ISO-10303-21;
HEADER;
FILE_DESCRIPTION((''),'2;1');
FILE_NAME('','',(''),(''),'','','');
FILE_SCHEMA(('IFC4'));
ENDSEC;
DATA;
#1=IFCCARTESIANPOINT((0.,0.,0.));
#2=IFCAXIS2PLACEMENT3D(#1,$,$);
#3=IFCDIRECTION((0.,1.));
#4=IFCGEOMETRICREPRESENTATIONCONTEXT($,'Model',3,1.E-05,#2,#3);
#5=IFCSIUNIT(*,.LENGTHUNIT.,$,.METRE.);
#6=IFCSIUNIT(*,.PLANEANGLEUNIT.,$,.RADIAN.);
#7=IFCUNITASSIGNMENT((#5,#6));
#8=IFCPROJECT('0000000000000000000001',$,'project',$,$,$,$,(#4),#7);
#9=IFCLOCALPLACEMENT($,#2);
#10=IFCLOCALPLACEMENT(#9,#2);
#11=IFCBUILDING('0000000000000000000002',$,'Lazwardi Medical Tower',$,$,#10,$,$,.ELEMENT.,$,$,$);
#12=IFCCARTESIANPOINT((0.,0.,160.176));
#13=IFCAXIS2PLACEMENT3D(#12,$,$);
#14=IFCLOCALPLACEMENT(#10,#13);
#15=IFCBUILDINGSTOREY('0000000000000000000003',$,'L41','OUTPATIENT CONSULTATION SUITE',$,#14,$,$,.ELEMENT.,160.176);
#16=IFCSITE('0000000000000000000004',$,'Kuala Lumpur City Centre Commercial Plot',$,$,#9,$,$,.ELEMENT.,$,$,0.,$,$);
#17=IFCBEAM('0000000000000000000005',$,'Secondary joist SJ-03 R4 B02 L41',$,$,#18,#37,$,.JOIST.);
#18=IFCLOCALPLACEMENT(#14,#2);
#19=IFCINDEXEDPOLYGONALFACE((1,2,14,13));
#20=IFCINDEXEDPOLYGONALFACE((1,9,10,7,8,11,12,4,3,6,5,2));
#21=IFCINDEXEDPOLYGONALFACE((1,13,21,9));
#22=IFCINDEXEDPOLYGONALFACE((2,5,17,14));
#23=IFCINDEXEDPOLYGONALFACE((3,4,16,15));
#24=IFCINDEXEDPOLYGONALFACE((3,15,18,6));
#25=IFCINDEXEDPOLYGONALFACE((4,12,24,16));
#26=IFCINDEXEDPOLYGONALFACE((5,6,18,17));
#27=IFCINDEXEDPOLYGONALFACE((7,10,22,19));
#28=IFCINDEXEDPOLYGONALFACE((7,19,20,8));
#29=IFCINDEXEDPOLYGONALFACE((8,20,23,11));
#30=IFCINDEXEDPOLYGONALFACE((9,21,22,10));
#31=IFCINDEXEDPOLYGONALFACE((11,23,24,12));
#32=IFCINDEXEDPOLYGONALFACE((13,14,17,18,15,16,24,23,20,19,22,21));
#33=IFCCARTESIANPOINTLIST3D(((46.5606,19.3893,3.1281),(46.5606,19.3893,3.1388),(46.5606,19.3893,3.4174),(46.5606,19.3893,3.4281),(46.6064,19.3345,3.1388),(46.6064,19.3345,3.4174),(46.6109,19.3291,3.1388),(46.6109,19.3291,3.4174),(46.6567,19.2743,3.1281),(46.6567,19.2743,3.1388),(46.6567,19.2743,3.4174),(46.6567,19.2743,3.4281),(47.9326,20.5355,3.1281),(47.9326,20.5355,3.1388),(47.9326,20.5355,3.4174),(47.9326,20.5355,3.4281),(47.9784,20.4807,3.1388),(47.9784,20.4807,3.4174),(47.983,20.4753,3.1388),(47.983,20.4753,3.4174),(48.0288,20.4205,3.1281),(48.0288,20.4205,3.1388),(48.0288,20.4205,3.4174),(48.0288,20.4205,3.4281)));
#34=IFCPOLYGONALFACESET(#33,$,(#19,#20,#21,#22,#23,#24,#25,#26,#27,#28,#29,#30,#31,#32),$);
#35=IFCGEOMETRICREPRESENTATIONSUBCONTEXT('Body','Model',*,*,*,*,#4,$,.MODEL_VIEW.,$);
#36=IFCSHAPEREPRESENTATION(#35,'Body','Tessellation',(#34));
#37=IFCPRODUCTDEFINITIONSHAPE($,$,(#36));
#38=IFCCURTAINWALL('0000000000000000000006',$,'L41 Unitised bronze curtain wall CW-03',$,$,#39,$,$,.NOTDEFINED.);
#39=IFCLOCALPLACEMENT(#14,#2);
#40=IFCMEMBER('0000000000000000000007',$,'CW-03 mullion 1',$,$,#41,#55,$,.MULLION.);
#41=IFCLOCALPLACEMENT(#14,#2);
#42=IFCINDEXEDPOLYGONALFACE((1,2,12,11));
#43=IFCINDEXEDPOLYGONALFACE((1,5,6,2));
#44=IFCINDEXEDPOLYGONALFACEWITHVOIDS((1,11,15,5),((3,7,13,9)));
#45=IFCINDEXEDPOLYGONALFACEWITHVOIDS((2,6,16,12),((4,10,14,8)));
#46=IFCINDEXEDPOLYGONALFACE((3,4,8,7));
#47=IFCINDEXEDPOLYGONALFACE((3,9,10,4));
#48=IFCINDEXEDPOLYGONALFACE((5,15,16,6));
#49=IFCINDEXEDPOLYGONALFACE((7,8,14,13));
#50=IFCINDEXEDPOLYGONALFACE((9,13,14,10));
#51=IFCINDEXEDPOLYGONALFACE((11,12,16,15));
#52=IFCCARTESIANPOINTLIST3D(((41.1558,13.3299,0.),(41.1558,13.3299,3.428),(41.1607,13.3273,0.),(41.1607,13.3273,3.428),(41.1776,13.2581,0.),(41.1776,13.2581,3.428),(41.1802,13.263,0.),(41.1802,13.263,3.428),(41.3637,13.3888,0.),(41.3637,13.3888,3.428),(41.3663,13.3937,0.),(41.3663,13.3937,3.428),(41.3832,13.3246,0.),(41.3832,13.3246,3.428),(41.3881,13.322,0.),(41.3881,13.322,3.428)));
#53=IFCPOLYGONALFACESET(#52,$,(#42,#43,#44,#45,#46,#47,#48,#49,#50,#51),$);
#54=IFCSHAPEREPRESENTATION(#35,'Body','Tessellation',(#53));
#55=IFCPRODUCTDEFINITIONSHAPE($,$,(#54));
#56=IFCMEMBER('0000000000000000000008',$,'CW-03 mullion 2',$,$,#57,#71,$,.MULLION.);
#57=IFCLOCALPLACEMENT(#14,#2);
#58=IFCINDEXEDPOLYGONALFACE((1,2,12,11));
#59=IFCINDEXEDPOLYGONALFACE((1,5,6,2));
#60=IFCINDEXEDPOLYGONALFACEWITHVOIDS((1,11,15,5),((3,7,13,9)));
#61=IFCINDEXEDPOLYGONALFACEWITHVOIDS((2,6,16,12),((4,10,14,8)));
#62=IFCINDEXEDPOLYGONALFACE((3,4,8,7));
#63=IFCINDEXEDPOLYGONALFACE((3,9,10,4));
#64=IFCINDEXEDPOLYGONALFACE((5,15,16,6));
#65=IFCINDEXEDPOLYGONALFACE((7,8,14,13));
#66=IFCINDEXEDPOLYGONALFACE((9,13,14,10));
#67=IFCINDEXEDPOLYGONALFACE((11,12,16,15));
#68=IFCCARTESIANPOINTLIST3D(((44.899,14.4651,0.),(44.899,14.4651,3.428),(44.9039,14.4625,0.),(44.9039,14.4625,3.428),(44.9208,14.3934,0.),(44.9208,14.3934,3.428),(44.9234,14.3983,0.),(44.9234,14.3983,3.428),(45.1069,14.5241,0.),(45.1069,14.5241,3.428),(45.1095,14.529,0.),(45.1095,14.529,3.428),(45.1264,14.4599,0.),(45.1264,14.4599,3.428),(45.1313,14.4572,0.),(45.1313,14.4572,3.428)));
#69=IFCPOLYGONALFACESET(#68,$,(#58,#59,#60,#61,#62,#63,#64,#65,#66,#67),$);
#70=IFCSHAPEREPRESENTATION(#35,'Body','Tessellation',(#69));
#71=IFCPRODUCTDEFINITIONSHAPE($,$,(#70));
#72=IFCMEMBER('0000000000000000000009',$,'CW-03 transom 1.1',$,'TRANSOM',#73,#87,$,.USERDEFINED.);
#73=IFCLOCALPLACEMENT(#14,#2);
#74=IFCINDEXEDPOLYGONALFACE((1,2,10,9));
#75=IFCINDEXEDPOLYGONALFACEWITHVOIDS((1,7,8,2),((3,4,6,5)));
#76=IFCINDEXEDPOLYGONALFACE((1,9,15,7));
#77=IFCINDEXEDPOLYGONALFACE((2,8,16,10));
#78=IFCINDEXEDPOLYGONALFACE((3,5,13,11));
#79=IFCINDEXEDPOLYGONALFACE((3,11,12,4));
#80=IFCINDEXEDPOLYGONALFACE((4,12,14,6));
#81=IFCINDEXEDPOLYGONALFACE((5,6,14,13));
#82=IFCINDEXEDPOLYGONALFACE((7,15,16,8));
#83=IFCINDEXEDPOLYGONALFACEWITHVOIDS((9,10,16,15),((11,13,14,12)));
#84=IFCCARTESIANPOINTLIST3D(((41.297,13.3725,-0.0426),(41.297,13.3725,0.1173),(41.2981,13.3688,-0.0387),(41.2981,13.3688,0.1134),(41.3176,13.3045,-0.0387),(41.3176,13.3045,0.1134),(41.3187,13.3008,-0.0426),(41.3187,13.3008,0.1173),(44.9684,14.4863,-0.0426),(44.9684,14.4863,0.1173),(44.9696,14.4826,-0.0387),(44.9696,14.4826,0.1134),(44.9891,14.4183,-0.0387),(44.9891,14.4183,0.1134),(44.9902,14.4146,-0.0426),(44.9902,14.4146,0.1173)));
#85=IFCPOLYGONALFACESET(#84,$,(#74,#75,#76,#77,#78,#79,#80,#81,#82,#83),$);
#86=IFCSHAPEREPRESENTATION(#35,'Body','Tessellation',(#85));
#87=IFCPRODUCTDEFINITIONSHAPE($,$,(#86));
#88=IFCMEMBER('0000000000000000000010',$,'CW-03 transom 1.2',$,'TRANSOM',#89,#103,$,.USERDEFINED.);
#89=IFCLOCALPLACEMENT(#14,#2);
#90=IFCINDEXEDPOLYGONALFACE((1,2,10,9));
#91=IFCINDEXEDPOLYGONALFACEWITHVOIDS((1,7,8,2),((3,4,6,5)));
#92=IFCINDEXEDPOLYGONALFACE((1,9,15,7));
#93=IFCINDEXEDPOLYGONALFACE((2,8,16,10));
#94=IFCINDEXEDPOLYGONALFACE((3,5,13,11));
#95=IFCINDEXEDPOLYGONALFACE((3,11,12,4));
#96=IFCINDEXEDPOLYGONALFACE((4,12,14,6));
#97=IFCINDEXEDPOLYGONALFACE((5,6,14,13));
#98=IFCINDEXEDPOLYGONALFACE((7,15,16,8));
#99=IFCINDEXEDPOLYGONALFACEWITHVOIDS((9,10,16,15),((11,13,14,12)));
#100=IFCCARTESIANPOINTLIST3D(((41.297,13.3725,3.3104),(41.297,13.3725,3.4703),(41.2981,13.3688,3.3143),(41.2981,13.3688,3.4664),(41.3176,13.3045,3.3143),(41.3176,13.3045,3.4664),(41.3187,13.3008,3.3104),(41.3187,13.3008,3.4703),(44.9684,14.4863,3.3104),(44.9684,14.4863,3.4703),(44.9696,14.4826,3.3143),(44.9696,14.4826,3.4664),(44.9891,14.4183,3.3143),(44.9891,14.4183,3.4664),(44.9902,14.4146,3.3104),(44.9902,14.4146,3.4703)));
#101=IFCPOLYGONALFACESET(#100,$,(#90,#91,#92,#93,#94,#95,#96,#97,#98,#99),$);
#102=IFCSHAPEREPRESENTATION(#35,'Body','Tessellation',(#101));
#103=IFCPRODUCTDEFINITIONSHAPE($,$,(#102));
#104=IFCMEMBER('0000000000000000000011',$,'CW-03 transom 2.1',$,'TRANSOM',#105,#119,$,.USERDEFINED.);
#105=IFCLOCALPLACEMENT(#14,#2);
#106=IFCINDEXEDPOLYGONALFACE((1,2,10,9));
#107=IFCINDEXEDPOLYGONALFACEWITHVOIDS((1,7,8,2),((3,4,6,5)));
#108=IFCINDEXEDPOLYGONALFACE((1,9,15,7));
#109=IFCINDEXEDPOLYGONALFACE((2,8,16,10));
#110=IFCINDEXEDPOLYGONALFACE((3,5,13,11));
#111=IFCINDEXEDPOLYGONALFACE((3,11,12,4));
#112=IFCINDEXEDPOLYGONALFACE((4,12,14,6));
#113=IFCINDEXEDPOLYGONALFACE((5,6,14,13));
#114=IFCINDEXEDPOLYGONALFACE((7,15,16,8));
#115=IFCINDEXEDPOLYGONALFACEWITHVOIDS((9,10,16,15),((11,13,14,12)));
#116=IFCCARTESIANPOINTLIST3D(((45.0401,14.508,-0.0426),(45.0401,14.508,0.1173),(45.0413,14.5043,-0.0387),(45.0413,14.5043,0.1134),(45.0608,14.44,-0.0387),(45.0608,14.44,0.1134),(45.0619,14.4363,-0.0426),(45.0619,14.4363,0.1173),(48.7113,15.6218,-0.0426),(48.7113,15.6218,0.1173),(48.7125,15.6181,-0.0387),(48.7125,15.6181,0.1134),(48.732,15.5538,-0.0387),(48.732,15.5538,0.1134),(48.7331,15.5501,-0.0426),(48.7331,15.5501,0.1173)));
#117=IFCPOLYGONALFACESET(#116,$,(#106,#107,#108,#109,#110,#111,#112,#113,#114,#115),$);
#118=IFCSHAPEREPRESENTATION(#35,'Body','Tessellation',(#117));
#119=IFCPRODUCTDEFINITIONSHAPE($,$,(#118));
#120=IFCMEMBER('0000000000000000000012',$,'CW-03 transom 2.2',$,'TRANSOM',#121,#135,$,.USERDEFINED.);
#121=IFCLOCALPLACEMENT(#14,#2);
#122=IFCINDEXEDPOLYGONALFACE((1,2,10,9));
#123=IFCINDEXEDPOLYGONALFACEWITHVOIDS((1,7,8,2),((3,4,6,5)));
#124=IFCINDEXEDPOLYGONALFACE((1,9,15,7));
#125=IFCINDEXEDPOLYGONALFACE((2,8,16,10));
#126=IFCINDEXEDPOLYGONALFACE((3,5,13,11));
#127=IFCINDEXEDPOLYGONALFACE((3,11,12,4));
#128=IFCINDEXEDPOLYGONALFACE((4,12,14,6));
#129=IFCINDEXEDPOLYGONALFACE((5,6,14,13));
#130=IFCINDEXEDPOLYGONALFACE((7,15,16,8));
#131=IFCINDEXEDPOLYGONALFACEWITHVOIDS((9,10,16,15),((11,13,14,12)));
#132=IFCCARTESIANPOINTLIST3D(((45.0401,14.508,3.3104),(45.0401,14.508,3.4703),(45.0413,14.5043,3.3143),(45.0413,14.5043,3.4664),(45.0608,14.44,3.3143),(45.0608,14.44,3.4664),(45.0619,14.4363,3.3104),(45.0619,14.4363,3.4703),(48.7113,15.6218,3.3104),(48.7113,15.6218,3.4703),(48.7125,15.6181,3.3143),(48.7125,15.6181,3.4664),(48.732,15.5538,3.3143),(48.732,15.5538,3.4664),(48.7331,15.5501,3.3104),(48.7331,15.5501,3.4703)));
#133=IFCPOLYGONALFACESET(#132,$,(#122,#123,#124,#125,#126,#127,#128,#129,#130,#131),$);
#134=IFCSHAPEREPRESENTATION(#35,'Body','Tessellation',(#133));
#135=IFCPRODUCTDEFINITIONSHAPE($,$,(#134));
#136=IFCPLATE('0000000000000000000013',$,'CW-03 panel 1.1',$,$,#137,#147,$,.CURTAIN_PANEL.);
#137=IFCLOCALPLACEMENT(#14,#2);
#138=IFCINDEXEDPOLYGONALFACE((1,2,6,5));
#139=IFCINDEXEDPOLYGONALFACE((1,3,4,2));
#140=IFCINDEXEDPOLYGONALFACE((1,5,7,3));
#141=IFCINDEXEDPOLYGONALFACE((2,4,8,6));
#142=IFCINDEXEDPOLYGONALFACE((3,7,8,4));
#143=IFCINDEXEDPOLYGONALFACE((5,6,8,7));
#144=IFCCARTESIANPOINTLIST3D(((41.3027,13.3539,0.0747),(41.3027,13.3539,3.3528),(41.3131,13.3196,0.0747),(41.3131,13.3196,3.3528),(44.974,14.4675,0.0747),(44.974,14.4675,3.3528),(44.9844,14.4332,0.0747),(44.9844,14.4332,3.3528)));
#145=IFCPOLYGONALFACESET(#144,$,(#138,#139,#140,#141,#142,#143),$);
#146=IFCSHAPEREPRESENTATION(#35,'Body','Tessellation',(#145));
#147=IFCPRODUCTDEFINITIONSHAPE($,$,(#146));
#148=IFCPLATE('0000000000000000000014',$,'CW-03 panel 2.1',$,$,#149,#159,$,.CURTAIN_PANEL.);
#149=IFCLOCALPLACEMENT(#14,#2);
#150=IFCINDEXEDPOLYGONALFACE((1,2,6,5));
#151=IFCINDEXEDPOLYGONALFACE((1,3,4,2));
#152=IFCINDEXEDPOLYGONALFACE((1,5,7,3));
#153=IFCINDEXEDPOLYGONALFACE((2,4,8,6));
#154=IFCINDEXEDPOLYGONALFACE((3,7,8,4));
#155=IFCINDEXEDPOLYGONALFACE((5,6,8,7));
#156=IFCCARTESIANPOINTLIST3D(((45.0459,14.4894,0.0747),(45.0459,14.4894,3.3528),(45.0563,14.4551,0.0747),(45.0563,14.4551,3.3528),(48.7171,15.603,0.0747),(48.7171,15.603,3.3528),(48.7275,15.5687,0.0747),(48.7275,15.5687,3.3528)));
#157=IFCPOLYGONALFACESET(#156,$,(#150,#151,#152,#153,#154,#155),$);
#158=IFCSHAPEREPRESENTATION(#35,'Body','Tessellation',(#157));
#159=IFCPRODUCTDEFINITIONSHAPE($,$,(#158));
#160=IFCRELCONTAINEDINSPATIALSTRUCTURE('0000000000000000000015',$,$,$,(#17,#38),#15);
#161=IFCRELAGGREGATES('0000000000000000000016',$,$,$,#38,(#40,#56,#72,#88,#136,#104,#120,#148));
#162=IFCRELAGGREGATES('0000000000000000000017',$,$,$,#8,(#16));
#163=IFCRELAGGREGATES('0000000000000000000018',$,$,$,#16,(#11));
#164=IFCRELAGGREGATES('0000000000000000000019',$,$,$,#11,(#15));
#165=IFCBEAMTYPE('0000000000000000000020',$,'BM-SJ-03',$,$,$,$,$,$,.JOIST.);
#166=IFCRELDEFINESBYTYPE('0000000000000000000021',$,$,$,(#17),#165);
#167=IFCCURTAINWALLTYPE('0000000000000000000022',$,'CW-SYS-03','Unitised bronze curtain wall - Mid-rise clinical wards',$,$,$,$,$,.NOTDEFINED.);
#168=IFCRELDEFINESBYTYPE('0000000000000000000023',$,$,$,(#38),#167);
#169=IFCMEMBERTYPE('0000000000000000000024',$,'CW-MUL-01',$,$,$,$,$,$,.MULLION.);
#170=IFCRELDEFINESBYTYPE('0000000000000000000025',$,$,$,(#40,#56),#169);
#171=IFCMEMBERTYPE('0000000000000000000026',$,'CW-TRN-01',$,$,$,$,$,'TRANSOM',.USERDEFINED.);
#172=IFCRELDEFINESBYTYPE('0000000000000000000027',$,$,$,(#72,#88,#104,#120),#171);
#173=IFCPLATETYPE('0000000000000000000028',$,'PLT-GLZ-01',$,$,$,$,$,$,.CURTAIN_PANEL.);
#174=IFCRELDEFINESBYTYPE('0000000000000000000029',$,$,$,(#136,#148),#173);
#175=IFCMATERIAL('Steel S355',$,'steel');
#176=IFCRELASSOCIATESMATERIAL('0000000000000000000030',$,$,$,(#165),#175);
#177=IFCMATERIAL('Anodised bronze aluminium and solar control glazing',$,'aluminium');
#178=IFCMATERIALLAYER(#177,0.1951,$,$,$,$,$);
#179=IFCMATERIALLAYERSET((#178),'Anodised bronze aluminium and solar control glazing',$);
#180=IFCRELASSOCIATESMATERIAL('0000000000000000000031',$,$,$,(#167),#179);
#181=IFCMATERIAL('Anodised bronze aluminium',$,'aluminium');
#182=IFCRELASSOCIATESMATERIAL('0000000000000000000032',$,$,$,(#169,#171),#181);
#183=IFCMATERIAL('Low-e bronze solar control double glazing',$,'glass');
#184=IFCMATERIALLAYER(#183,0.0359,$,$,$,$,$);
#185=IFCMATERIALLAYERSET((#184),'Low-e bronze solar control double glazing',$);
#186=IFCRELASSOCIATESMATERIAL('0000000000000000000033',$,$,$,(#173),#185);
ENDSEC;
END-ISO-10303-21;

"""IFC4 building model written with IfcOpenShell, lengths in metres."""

from ifc_helpers import new_model, si_unit, direction, frame, origin, origin_2d, place, context, subcontext, project, spatial, rectangle, hollow_rectangle, i_section, extrude, material, layer, layer_set, material_profile, profile_set, type_object, element, aggregate, save


model = new_model("IFC4")

# Units and contexts
model_context = context("Model", 3, precision=1e-05, world=origin(), true_north=direction((0.0, 1.0)))
body_context = subcontext(model_context, "Body", "Model", "MODEL_VIEW")
ifc_project = project(units=[si_unit("LENGTHUNIT", "METRE"), si_unit("PLANEANGLEUNIT", "RADIAN")], contexts=[model_context])

# Site, building, storey
site_placement = place(None, origin())
site = spatial("IfcSite", under=ifc_project, at=site_placement, Name="Kuala Lumpur City Centre Commercial Plot", CompositionType="ELEMENT", RefElevation=0.0)
building_placement = place(site_placement, origin())
building = spatial("IfcBuilding", under=site, at=building_placement, Name="Lazwardi Medical Tower", CompositionType="ELEMENT")
storey_placement = place(building_placement, frame((0.0, 0.0, 160.176)))
storey = spatial("IfcBuildingStorey", under=building, at=storey_placement, Name="L41", Description="OUTPATIENT CONSULTATION SUITE", CompositionType="ELEMENT", Elevation=160.176)

# Beam
ifc_material_1 = material(Name="Steel S355", Category="steel")
ifc_material_profile_1 = material_profile(ifc_material_1, i_section(OverallWidth=0.1499, OverallDepth=0.3, WebThickness=0.0071, FlangeThickness=0.0107, at=origin_2d()), Name="IPE 300")
ifc_profile_set_1 = profile_set([ifc_material_profile_1], Name="Steel S355")
beam_type_1 = type_object("IfcBeamType", Name="BM-SJ-03", PredefinedType="JOIST", material=ifc_profile_set_1)
beam_1_placement = place(storey_placement, frame((46.6086, 19.3318, 3.2781), z_axis=(0.767437, 0.641124, 0.0), x_axis=(-0.641124, 0.767437, 0.0)))
element("IfcBeam", 1, at=beam_1_placement, inside=storey, type_object=beam_type_1, Name="Secondary joist SJ-03 R4 B02 L41", PredefinedType="JOIST", context=body_context, shape_type="SweptSolid", body=[
    extrude(i_section(OverallWidth=0.1499, OverallDepth=0.3, WebThickness=0.0071, FlangeThickness=0.0107, at=origin_2d()), origin(), (0.0, 0.0, 1.0), 1.7878),
])

# Curtain wall, members, plates
ifc_material_2 = material(Name="Anodised bronze aluminium and solar control glazing", Category="aluminium")
ifc_layer_1 = layer(ifc_material_2, 0.1951)
ifc_layer_set_1 = layer_set([ifc_layer_1], Name="Anodised bronze aluminium and solar control glazing")
curtain_wall_type = type_object("IfcCurtainWallType", Name="CW-SYS-03", Description="Unitised bronze curtain wall - Mid-rise clinical wards", PredefinedType="NOTDEFINED", material=ifc_layer_set_1)
curtain_wall_placement = place(storey_placement, origin())
curtain_wall = element("IfcCurtainWall", 2, at=curtain_wall_placement, inside=storey, type_object=curtain_wall_type, Name="L41 Unitised bronze curtain wall CW-03", PredefinedType="NOTDEFINED")
ifc_material_3 = material(Name="Anodised bronze aluminium", Category="aluminium")
ifc_material_profile_2 = material_profile(ifc_material_3, hollow_rectangle(XDim=0.075, YDim=0.22, WallThickness=0.0039, at=origin_2d()), Name="ALU-MULLION 220x75x4")
ifc_profile_set_2 = profile_set([ifc_material_profile_2], Name="Anodised bronze aluminium")
member_type_1 = type_object("IfcMemberType", Name="CW-MUL-01", PredefinedType="MULLION", material=ifc_profile_set_2)
member_1_placement = place(storey_placement, frame((41.272, 13.3259, 0.0), z_axis=(0.0, 0.0, 1.0), x_axis=(-0.290281, 0.956942, 0.0)))
member_1 = element("IfcMember", 3, at=member_1_placement, type_object=member_type_1, Name="CW-03 mullion 1", PredefinedType="MULLION", context=body_context, shape_type="SweptSolid", body=[
    extrude(hollow_rectangle(XDim=0.075, YDim=0.22, WallThickness=0.0039, at=origin_2d()), origin(), (0.0, 0.0, 1.0), 3.428),
])
member_2_placement = place(storey_placement, frame((45.0151, 14.4612, 0.0), z_axis=(0.0, 0.0, 1.0), x_axis=(-0.290281, 0.956942, 0.0)))
member_2 = element("IfcMember", 4, at=member_2_placement, type_object=member_type_1, Name="CW-03 mullion 2", PredefinedType="MULLION", context=body_context, shape_type="SweptSolid", body=[
    extrude(hollow_rectangle(XDim=0.075, YDim=0.22, WallThickness=0.0039, at=origin_2d()), origin(), (0.0, 0.0, 1.0), 3.428),
])
ifc_material_profile_3 = material_profile(ifc_material_3, hollow_rectangle(XDim=0.075, YDim=0.1599, WallThickness=0.0039, at=origin_2d()), Name="ALU-TRANSOM 160x75x4")
ifc_profile_set_3 = profile_set([ifc_material_profile_3], Name="Anodised bronze aluminium")
member_type_2 = type_object("IfcMemberType", Name="CW-TRN-01", ElementType="TRANSOM", PredefinedType="USERDEFINED", material=ifc_profile_set_3)
member_3_placement = place(storey_placement, frame((41.3079, 13.3367, 0.0374), z_axis=(0.956936, 0.290301, 0.0), x_axis=(-0.290301, 0.956936, 0.0)))
member_3 = element("IfcMember", 5, at=member_3_placement, type_object=member_type_2, Name="CW-03 transom 1.1", ObjectType="TRANSOM", PredefinedType="USERDEFINED", context=body_context, shape_type="SweptSolid", body=[
    extrude(hollow_rectangle(XDim=0.075, YDim=0.1599, WallThickness=0.0039, at=origin_2d()), origin(), (0.0, 0.0, 1.0), 3.8367),
])
member_4_placement = place(storey_placement, frame((41.3079, 13.3367, 3.3904), z_axis=(0.956936, 0.290301, 0.0), x_axis=(-0.290301, 0.956936, 0.0)))
member_4 = element("IfcMember", 6, at=member_4_placement, type_object=member_type_2, Name="CW-03 transom 1.2", ObjectType="TRANSOM", PredefinedType="USERDEFINED", context=body_context, shape_type="SweptSolid", body=[
    extrude(hollow_rectangle(XDim=0.075, YDim=0.1599, WallThickness=0.0039, at=origin_2d()), origin(), (0.0, 0.0, 1.0), 3.8367),
])
member_5_placement = place(storey_placement, frame((45.051, 14.4722, 0.0374), z_axis=(0.95693, 0.290318, 0.0), x_axis=(-0.290318, 0.95693, 0.0)))
member_5 = element("IfcMember", 7, at=member_5_placement, type_object=member_type_2, Name="CW-03 transom 2.1", ObjectType="TRANSOM", PredefinedType="USERDEFINED", context=body_context, shape_type="SweptSolid", body=[
    extrude(hollow_rectangle(XDim=0.075, YDim=0.1599, WallThickness=0.0039, at=origin_2d()), origin(), (0.0, 0.0, 1.0), 3.8364),
])
member_6_placement = place(storey_placement, frame((45.051, 14.4722, 3.3904), z_axis=(0.95693, 0.290318, 0.0), x_axis=(-0.290318, 0.95693, 0.0)))
member_6 = element("IfcMember", 8, at=member_6_placement, type_object=member_type_2, Name="CW-03 transom 2.2", ObjectType="TRANSOM", PredefinedType="USERDEFINED", context=body_context, shape_type="SweptSolid", body=[
    extrude(hollow_rectangle(XDim=0.075, YDim=0.1599, WallThickness=0.0039, at=origin_2d()), origin(), (0.0, 0.0, 1.0), 3.8364),
])
ifc_material_4 = material(Name="Low-e bronze solar control double glazing", Category="glass")
ifc_layer_2 = layer(ifc_material_4, 0.0359)
ifc_layer_set_2 = layer_set([ifc_layer_2], Name="Low-e bronze solar control double glazing")
plate_type = type_object("IfcPlateType", Name="PLT-GLZ-01", PredefinedType="CURTAIN_PANEL", material=ifc_layer_set_2)
plate_1_placement = place(storey_placement, frame((43.1436, 13.8936, 0.0747), z_axis=(0.0, 0.0, 1.0), x_axis=(0.956942, 0.290281, 0.0)))
plate_1 = element("IfcPlate", 9, at=plate_1_placement, type_object=plate_type, Name="CW-03 panel 1.1", PredefinedType="CURTAIN_PANEL", context=body_context, shape_type="SweptSolid", body=[
    extrude(rectangle(XDim=3.8364, YDim=0.0359, at=origin_2d()), origin(), (0.0, 0.0, 1.0), 3.2781),
])
plate_2_placement = place(storey_placement, frame((46.8867, 15.0291, 0.0747), z_axis=(0.0, 0.0, 1.0), x_axis=(0.956942, 0.290281, 0.0)))
plate_2 = element("IfcPlate", 10, at=plate_2_placement, type_object=plate_type, Name="CW-03 panel 2.1", PredefinedType="CURTAIN_PANEL", context=body_context, shape_type="SweptSolid", body=[
    extrude(rectangle(XDim=3.8364, YDim=0.0359, at=origin_2d()), origin(), (0.0, 0.0, 1.0), 3.2781),
])
aggregate(curtain_wall, [member_1, member_2, member_3, member_4, plate_1, member_5, member_6, plate_2])

save(model, "model.ifc")
